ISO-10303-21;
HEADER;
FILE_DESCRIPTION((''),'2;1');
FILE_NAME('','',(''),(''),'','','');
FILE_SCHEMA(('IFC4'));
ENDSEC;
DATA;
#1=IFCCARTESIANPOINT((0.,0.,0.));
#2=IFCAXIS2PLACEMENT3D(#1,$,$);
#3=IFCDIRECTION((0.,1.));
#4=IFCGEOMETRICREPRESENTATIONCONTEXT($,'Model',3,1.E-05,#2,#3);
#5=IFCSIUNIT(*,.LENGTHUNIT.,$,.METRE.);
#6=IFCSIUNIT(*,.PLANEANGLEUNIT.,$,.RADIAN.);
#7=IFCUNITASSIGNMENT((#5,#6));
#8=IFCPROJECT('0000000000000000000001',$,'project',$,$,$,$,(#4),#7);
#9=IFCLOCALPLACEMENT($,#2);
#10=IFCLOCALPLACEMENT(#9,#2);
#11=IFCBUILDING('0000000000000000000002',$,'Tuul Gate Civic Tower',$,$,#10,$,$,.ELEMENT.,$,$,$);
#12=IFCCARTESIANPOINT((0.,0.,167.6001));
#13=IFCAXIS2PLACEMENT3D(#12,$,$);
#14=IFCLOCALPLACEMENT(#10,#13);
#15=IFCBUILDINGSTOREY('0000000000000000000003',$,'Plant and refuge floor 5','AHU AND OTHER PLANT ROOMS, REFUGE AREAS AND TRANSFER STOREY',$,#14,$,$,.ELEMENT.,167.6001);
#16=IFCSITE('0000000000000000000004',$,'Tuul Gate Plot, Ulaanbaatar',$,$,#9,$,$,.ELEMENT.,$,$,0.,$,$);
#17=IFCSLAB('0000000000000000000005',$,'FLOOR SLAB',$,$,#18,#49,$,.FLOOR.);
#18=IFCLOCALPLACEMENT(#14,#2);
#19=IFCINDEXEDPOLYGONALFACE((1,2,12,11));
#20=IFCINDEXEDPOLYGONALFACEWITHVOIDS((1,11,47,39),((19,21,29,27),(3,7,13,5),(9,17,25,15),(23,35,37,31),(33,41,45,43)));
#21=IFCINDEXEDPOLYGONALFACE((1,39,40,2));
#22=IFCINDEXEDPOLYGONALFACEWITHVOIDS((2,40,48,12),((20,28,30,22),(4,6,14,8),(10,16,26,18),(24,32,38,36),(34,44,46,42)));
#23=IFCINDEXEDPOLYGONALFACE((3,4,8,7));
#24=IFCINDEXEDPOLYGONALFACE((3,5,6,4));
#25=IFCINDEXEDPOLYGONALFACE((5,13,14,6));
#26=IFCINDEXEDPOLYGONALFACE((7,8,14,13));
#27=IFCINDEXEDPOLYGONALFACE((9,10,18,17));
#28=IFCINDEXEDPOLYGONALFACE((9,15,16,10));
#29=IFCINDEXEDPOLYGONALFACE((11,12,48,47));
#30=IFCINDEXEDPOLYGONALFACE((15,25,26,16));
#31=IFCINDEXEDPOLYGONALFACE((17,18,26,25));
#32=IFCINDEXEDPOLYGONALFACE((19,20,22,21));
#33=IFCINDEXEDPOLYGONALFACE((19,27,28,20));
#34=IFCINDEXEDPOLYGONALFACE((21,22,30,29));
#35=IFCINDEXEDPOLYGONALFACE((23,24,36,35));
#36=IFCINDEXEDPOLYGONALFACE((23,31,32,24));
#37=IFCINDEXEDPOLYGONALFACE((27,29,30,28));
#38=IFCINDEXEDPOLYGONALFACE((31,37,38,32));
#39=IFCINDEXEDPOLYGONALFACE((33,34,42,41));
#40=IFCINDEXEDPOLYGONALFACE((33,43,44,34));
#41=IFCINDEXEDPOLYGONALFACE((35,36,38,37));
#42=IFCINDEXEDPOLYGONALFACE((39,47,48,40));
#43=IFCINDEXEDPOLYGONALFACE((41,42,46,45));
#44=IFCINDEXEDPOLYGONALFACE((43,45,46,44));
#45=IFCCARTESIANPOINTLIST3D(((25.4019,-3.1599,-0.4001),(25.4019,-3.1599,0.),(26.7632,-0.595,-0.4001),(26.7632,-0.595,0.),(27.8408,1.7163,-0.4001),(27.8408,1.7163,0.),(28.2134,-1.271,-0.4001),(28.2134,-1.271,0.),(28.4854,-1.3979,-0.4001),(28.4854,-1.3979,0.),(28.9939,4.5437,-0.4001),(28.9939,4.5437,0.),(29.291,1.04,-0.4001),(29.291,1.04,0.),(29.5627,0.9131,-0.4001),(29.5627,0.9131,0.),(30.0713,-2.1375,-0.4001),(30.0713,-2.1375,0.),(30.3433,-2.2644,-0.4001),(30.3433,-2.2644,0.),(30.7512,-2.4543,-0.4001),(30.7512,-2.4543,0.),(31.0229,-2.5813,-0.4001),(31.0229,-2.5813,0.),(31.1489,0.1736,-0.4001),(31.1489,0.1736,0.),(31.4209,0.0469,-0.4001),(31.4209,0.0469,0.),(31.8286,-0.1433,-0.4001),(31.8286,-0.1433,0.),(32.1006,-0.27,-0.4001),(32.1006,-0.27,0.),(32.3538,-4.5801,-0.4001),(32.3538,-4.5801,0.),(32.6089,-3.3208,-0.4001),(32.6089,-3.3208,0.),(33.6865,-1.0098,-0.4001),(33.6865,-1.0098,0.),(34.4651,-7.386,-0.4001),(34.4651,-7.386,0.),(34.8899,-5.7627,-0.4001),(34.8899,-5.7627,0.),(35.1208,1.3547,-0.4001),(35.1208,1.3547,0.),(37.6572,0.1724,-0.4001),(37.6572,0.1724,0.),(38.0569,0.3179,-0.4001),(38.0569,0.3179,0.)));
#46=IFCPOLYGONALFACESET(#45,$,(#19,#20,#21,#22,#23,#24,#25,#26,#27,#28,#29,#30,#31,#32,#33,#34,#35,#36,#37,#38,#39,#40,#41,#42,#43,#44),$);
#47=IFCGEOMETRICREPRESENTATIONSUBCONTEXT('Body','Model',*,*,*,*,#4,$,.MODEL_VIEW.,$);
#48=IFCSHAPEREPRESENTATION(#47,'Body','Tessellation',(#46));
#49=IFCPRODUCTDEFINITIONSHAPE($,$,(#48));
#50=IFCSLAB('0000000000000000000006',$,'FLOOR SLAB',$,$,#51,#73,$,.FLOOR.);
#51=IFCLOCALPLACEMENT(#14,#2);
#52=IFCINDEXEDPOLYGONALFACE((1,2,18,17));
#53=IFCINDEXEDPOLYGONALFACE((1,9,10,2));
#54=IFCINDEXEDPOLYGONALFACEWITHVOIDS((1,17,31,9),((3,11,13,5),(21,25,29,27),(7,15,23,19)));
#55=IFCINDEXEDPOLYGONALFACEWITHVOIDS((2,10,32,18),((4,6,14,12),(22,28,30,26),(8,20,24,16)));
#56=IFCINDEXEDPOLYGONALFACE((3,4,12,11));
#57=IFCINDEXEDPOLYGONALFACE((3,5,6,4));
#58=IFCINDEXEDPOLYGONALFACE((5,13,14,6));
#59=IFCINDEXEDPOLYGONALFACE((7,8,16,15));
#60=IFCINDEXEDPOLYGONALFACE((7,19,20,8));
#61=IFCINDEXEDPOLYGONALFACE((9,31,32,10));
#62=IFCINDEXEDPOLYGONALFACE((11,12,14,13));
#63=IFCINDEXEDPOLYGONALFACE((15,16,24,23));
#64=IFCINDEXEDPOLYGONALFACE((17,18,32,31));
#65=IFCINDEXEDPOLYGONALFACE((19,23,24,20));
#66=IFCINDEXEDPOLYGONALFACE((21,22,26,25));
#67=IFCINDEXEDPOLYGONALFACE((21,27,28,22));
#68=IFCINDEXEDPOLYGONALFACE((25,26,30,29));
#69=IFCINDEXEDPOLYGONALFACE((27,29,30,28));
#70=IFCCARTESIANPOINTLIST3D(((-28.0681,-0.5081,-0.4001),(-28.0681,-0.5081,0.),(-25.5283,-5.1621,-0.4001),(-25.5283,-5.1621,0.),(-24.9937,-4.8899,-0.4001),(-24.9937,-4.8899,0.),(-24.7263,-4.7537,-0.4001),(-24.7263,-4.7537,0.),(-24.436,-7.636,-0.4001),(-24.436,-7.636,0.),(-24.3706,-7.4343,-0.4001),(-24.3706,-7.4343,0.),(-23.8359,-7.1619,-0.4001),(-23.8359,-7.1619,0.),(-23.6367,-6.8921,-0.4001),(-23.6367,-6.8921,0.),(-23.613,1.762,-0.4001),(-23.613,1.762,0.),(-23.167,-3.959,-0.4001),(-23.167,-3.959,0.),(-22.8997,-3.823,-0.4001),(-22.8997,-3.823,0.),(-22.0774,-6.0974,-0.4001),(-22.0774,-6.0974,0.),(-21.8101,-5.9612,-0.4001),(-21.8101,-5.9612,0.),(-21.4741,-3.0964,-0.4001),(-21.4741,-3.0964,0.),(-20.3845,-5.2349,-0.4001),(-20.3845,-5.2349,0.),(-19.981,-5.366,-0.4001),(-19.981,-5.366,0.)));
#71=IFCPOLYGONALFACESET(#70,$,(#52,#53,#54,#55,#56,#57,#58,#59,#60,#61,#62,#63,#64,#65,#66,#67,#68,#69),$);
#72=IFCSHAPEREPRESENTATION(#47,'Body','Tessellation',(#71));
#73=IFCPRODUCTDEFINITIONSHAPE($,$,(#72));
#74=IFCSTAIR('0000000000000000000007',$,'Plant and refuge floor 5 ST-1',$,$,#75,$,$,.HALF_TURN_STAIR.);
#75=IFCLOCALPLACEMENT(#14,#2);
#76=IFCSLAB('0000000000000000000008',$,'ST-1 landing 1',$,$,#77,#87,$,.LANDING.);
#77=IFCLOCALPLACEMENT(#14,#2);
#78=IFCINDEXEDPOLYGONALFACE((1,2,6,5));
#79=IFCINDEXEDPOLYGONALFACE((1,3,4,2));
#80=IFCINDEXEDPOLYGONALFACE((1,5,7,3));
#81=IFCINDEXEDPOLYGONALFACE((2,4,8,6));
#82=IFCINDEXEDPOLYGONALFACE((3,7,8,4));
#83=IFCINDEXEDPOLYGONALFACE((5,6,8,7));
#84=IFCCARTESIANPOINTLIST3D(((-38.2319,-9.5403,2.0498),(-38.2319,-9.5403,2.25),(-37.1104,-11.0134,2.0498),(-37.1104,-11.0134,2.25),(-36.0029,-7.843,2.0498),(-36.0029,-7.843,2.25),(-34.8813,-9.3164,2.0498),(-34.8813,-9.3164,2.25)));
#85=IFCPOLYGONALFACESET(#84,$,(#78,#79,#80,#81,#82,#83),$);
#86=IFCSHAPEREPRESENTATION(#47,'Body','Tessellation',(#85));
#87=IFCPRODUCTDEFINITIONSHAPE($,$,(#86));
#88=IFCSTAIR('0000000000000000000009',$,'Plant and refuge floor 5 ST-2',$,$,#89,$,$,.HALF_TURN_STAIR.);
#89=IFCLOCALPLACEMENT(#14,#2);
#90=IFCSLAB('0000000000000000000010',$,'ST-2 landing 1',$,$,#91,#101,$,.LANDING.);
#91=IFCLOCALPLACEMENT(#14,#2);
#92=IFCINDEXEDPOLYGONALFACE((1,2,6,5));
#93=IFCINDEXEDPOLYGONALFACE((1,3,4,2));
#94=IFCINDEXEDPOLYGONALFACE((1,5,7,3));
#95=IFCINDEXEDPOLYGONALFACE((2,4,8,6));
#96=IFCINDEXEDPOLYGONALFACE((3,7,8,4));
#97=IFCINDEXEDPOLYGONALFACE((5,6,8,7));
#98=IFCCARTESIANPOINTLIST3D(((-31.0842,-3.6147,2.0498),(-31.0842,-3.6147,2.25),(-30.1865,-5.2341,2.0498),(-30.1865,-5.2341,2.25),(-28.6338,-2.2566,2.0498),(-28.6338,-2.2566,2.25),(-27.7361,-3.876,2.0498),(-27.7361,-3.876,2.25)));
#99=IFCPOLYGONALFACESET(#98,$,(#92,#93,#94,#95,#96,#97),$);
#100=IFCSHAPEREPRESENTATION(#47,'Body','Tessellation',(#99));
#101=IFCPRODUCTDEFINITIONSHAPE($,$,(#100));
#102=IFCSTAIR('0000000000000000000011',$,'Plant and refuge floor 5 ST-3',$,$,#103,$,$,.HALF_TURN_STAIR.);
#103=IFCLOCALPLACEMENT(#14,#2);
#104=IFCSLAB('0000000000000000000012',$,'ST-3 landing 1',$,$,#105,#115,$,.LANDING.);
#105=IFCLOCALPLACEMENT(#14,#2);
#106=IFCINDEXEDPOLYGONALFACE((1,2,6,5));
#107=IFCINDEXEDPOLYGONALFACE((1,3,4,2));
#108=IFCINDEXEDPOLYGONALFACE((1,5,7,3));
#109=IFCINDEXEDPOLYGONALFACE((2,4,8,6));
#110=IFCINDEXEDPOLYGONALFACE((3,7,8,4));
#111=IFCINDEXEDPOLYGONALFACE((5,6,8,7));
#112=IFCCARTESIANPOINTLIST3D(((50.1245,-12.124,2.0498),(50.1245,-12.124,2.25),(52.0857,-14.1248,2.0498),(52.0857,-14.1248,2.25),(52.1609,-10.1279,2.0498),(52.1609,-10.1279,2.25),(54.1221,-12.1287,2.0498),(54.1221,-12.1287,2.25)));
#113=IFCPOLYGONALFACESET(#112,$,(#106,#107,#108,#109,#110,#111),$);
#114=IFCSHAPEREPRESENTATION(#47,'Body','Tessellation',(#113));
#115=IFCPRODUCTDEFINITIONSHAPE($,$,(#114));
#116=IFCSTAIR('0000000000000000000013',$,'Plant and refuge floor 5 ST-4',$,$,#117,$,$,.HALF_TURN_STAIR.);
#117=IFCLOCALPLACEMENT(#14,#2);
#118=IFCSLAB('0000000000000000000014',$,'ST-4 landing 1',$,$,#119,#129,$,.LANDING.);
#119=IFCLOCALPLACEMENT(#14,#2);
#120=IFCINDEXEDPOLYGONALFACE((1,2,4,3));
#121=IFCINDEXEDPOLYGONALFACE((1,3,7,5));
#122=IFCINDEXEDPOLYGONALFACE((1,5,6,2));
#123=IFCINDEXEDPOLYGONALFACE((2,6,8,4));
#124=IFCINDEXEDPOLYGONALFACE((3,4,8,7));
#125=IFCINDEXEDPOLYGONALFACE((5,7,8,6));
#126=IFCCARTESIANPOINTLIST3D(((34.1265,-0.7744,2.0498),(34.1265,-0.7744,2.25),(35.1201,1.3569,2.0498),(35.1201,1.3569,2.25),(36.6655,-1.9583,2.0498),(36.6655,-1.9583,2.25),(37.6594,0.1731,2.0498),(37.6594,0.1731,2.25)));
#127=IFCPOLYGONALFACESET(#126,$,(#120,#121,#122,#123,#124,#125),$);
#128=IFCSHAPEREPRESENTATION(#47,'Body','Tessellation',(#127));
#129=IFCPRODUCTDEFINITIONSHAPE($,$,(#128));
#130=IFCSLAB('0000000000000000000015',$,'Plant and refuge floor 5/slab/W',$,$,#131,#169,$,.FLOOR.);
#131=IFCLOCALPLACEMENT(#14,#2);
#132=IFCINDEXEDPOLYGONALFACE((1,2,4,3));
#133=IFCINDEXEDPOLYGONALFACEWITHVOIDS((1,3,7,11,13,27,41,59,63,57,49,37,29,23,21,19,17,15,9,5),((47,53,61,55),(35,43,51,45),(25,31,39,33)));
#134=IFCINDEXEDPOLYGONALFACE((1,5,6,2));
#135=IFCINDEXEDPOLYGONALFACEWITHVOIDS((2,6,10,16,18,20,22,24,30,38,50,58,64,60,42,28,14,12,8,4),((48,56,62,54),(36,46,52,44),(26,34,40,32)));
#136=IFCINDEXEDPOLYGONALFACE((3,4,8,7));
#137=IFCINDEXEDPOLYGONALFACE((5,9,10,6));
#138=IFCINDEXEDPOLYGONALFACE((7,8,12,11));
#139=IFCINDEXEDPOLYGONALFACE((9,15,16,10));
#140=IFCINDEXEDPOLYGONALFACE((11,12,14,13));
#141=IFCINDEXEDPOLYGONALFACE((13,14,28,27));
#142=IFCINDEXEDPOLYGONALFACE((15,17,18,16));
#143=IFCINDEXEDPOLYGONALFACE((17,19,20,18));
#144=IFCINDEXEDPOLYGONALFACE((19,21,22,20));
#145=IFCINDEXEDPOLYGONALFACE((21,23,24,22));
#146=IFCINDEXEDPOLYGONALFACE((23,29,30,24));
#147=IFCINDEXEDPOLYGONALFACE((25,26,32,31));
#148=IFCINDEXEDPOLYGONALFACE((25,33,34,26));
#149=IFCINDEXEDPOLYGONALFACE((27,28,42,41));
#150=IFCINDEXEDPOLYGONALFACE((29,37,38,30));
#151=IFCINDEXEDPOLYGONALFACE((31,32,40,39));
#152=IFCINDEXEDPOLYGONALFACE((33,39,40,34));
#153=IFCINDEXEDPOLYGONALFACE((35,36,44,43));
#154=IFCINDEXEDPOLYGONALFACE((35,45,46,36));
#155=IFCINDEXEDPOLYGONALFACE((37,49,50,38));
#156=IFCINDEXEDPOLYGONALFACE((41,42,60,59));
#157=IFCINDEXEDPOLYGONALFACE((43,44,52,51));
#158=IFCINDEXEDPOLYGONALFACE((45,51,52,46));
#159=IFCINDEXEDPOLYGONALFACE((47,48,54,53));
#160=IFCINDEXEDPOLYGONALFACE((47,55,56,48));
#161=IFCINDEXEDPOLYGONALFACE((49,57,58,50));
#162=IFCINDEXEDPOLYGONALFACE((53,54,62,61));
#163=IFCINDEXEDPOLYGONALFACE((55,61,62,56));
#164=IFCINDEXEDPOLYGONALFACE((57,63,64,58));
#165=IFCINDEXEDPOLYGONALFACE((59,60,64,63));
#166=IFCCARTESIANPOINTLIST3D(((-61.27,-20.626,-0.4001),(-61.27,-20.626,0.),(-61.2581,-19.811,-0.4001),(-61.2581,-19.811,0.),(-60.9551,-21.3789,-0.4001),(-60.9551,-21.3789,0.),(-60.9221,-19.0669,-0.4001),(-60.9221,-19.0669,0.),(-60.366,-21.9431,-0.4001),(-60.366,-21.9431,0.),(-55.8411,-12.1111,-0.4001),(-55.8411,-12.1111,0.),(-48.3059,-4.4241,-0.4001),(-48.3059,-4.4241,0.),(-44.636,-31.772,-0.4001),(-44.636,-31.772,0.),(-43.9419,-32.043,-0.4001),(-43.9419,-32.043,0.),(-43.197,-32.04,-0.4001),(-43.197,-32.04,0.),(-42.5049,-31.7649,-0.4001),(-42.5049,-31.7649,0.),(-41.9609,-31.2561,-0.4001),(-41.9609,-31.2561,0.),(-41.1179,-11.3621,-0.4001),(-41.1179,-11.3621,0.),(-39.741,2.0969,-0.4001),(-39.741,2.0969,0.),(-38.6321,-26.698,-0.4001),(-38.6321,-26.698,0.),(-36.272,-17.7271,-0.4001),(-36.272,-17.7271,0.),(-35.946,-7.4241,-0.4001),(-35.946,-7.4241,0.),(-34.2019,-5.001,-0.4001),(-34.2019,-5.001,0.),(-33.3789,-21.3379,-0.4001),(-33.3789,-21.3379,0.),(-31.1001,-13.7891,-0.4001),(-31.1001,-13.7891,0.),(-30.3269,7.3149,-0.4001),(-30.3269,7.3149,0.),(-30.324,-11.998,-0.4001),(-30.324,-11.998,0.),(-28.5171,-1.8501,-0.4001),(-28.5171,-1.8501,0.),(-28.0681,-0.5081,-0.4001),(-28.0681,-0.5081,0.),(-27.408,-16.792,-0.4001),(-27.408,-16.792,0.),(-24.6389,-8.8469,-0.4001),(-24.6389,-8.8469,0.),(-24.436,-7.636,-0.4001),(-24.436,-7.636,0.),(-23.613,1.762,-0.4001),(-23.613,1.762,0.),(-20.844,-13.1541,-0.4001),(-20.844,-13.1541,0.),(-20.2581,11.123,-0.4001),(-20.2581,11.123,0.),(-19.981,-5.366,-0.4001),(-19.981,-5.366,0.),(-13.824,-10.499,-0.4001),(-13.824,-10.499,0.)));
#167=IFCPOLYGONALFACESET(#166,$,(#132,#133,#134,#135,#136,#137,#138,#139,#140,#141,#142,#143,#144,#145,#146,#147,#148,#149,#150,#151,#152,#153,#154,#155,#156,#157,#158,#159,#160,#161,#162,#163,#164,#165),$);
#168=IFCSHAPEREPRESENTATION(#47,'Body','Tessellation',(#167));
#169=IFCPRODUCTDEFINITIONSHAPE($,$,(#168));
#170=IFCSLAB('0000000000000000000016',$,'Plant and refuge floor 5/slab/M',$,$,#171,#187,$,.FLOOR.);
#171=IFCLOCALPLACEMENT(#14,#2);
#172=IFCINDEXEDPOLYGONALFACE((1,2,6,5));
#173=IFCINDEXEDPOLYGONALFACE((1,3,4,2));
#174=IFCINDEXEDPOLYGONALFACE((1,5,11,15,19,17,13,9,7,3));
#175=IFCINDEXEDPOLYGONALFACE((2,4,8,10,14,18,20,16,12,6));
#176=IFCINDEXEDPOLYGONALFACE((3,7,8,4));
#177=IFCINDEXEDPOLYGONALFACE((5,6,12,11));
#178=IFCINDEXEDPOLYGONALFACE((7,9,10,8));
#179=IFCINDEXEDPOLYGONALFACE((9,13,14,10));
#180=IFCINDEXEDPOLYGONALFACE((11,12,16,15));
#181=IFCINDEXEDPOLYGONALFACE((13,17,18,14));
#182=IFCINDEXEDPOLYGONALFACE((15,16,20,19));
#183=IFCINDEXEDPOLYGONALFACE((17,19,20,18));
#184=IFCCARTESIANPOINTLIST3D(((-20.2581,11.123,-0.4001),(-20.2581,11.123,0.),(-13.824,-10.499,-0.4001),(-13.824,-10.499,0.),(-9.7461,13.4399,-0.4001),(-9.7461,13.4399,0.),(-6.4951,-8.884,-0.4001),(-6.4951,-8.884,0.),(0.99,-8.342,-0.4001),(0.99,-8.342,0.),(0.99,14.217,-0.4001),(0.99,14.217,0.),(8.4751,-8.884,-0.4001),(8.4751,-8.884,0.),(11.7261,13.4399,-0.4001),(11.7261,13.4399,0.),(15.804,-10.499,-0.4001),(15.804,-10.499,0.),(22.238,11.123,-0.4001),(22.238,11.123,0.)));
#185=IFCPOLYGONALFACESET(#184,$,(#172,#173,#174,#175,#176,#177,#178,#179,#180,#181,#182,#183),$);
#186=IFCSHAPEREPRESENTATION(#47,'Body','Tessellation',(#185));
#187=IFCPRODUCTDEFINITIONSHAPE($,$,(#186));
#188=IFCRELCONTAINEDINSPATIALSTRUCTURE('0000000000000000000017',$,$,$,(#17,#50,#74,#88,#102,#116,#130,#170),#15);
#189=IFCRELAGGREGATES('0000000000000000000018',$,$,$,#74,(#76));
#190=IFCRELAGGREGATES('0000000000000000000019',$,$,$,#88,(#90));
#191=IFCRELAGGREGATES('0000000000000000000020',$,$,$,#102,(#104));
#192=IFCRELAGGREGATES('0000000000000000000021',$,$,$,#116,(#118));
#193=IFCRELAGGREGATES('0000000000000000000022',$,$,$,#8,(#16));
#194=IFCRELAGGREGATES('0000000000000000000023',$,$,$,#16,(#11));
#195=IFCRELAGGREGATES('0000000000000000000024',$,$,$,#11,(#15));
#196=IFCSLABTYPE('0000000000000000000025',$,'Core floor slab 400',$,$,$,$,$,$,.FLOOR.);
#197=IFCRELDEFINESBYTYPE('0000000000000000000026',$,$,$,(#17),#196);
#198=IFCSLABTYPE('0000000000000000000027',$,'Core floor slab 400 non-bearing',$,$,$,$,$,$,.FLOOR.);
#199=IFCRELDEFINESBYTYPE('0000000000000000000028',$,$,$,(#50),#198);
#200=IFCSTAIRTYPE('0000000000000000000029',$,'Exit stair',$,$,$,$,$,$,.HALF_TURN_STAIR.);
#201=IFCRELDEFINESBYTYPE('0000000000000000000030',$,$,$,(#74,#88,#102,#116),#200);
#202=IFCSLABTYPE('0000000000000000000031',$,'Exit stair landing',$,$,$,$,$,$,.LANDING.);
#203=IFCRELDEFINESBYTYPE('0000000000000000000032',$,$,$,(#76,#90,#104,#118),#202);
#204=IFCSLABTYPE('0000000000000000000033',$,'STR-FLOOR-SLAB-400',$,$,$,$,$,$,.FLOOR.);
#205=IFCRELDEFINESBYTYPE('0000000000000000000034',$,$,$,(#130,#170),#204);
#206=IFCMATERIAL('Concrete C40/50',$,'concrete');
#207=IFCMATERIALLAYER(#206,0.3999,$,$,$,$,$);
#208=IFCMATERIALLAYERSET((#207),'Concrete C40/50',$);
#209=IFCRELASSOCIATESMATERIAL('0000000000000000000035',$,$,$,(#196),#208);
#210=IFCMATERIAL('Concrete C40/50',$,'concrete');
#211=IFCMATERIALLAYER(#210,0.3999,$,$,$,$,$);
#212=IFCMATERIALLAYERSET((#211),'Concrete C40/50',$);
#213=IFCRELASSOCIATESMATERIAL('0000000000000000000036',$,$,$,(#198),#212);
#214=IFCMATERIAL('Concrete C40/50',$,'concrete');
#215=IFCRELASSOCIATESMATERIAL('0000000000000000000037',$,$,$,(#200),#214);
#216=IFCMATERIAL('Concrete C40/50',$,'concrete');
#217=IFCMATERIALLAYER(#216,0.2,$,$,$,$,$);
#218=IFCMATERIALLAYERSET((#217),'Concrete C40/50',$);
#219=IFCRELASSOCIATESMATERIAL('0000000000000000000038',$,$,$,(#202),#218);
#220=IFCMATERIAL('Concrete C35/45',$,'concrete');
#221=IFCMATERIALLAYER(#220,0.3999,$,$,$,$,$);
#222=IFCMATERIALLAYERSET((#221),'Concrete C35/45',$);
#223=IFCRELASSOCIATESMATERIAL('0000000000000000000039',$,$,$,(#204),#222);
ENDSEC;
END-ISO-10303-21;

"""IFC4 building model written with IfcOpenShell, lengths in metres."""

from ifc_helpers import new_model, si_unit, direction, frame, origin, place, context, subcontext, project, spatial, polyline, outline, extrude, material, layer, layer_set, type_object, element, aggregate, save


model = new_model("IFC4")

# Units and contexts
model_context = context("Model", 3, precision=1e-05, world=origin(), true_north=direction((0.0, 1.0)))
body_context = subcontext(model_context, "Body", "Model", "MODEL_VIEW")
ifc_project = project(units=[si_unit("LENGTHUNIT", "METRE"), si_unit("PLANEANGLEUNIT", "RADIAN")], contexts=[model_context])

# Site, building, storey
site_placement = place(None, origin())
site = spatial("IfcSite", under=ifc_project, at=site_placement, Name="Tuul Gate Plot, Ulaanbaatar", CompositionType="ELEMENT", RefElevation=0.0)
building_placement = place(site_placement, origin())
building = spatial("IfcBuilding", under=site, at=building_placement, Name="Tuul Gate Civic Tower", CompositionType="ELEMENT")
storey_placement = place(building_placement, frame((0.0, 0.0, 167.6001)))
storey = spatial("IfcBuildingStorey", under=building, at=storey_placement, Name="Plant and refuge floor 5", Description="AHU AND OTHER PLANT ROOMS, REFUGE AREAS AND TRANSFER STOREY", CompositionType="ELEMENT", Elevation=167.6001)

# Slabs
ifc_material_1 = material(Name="Concrete C40/50", Category="concrete")
ifc_layer_1 = layer(ifc_material_1, 0.3999)
ifc_layer_set_1 = layer_set([ifc_layer_1], Name="Concrete C40/50")
slab_type_1 = type_object("IfcSlabType", Name="Core floor slab 400", PredefinedType="FLOOR", material=ifc_layer_set_1)
slab_1_placement = place(storey_placement, frame((0.0, 0.0, -0.4001)))
element("IfcSlab", 1, at=slab_1_placement, inside=storey, type_object=slab_type_1, Name="FLOOR SLAB", PredefinedType="FLOOR", context=body_context, shape_type="SweptSolid", body=[
    extrude(outline(polyline([(34.4651, -7.386), (38.0569, 0.3179), (28.9939, 4.5437), (25.4019, -3.1599), (34.4651, -7.386)]), holes=[polyline([(32.6089, -3.3208), (33.6865, -1.0098), (32.1006, -0.27), (31.0229, -2.5813), (32.6089, -3.3208)]), polyline([(30.0713, -2.1375), (31.1489, 0.1736), (29.5627, 0.9131), (28.4854, -1.3979), (30.0713, -2.1375)]), polyline([(30.7512, -2.4543), (31.8286, -0.1433), (31.4209, 0.0469), (30.3433, -2.2644), (30.7512, -2.4543)]), polyline([(28.2134, -1.271), (29.291, 1.04), (27.8408, 1.7163), (26.7632, -0.595), (28.2134, -1.271)]), polyline([(34.8899, -5.7627), (32.3538, -4.5801), (35.1208, 1.3547), (37.6572, 0.1724), (34.8899, -5.7627)])]), origin(), (0.0, 0.0, 1.0), 0.4001),
])
ifc_material_2 = material(Name="Concrete C40/50", Category="concrete")
ifc_layer_2 = layer(ifc_material_2, 0.3999)
ifc_layer_set_2 = layer_set([ifc_layer_2], Name="Concrete C40/50")
slab_type_2 = type_object("IfcSlabType", Name="Core floor slab 400 non-bearing", PredefinedType="FLOOR", material=ifc_layer_set_2)
slab_2_placement = place(storey_placement, frame((0.0, 0.0, -0.4001)))
element("IfcSlab", 2, at=slab_2_placement, inside=storey, type_object=slab_type_2, Name="FLOOR SLAB", PredefinedType="FLOOR", context=body_context, shape_type="SweptSolid", body=[
    extrude(outline(polyline([(-19.981, -5.366), (-23.613, 1.762), (-28.0681, -0.5081), (-24.436, -7.636), (-19.981, -5.366)]), holes=[polyline([(-20.3845, -5.2349), (-21.4741, -3.0964), (-22.8997, -3.823), (-21.8101, -5.9612), (-20.3845, -5.2349)]), polyline([(-22.0774, -6.0974), (-23.167, -3.959), (-24.7263, -4.7537), (-23.6367, -6.8921), (-22.0774, -6.0974)]), polyline([(-23.8359, -7.1619), (-24.9937, -4.8899), (-25.5283, -5.1621), (-24.3706, -7.4343), (-23.8359, -7.1619)])]), origin(), (0.0, 0.0, 1.0), 0.4001),
])

# Stairs, slabs
ifc_material_3 = material(Name="Concrete C40/50", Category="concrete")
stair_type = type_object("IfcStairType", Name="Exit stair", PredefinedType="HALF_TURN_STAIR", material=ifc_material_3)
stair_1_placement = place(storey_placement, origin())
stair_1 = element("IfcStair", 3, at=stair_1_placement, inside=storey, type_object=stair_type, Name="Plant and refuge floor 5 ST-1", PredefinedType="HALF_TURN_STAIR")
ifc_material_4 = material(Name="Concrete C40/50", Category="concrete")
ifc_layer_3 = layer(ifc_material_4, 0.2)
ifc_layer_set_3 = layer_set([ifc_layer_3], Name="Concrete C40/50")
slab_type_3 = type_object("IfcSlabType", Name="Exit stair landing", PredefinedType="LANDING", material=ifc_layer_set_3)
slab_3_placement = place(storey_placement, frame((0.0, 0.0, 2.0498)))
slab_3 = element("IfcSlab", 4, at=slab_3_placement, type_object=slab_type_3, Name="ST-1 landing 1", PredefinedType="LANDING", context=body_context, shape_type="SweptSolid", body=[
    extrude(outline(polyline([(-34.8813, -9.3164), (-37.1104, -11.0134), (-38.2319, -9.5403), (-36.0029, -7.843), (-34.8813, -9.3164)])), origin(), (0.0, 0.0, 1.0), 0.2002),
])
aggregate(stair_1, [slab_3])
stair_2_placement = place(storey_placement, origin())
stair_2 = element("IfcStair", 5, at=stair_2_placement, inside=storey, type_object=stair_type, Name="Plant and refuge floor 5 ST-2", PredefinedType="HALF_TURN_STAIR")
slab_4_placement = place(storey_placement, frame((0.0, 0.0, 2.0498)))
slab_4 = element("IfcSlab", 6, at=slab_4_placement, type_object=slab_type_3, Name="ST-2 landing 1", PredefinedType="LANDING", context=body_context, shape_type="SweptSolid", body=[
    extrude(outline(polyline([(-27.7361, -3.876), (-30.1865, -5.2341), (-31.0842, -3.6147), (-28.6338, -2.2566), (-27.7361, -3.876)])), origin(), (0.0, 0.0, 1.0), 0.2002),
])
aggregate(stair_2, [slab_4])
stair_3_placement = place(storey_placement, origin())
stair_3 = element("IfcStair", 7, at=stair_3_placement, inside=storey, type_object=stair_type, Name="Plant and refuge floor 5 ST-3", PredefinedType="HALF_TURN_STAIR")
slab_5_placement = place(storey_placement, frame((0.0, 0.0, 2.0498)))
slab_5 = element("IfcSlab", 8, at=slab_5_placement, type_object=slab_type_3, Name="ST-3 landing 1", PredefinedType="LANDING", context=body_context, shape_type="SweptSolid", body=[
    extrude(outline(polyline([(52.0857, -14.1248), (50.1245, -12.124), (52.1609, -10.1279), (54.1221, -12.1287), (52.0857, -14.1248)])), origin(), (0.0, 0.0, 1.0), 0.2002),
])
aggregate(stair_3, [slab_5])
stair_4_placement = place(storey_placement, origin())
stair_4 = element("IfcStair", 9, at=stair_4_placement, inside=storey, type_object=stair_type, Name="Plant and refuge floor 5 ST-4", PredefinedType="HALF_TURN_STAIR")
slab_6_placement = place(storey_placement, frame((0.0, 0.0, 2.0498)))
slab_6 = element("IfcSlab", 10, at=slab_6_placement, type_object=slab_type_3, Name="ST-4 landing 1", PredefinedType="LANDING", context=body_context, shape_type="SweptSolid", body=[
    extrude(outline(polyline([(36.6655, -1.9583), (34.1265, -0.7744), (35.1201, 1.3569), (37.6594, 0.1731), (36.6655, -1.9583)])), origin(), (0.0, 0.0, 1.0), 0.2002),
])
aggregate(stair_4, [slab_6])

# Slabs
ifc_material_5 = material(Name="Concrete C35/45", Category="concrete")
ifc_layer_4 = layer(ifc_material_5, 0.3999)
ifc_layer_set_4 = layer_set([ifc_layer_4], Name="Concrete C35/45")
slab_type_4 = type_object("IfcSlabType", Name="STR-FLOOR-SLAB-400", PredefinedType="FLOOR", material=ifc_layer_set_4)
slab_7_placement = place(storey_placement, frame((0.0, 0.0, -0.4001)))
element("IfcSlab", 11, at=slab_7_placement, inside=storey, type_object=slab_type_4, Name="Plant and refuge floor 5/slab/W", PredefinedType="FLOOR", context=body_context, shape_type="SweptSolid", body=[
    extrude(outline(polyline([(-20.844, -13.1541), (-13.824, -10.499), (-20.2581, 11.123), (-30.3269, 7.3149), (-39.741, 2.0969), (-48.3059, -4.4241), (-55.8411, -12.1111), (-60.9221, -19.0669), (-61.2581, -19.811), (-61.27, -20.626), (-60.9551, -21.3789), (-60.366, -21.9431), (-44.636, -31.772), (-43.9419, -32.043), (-43.197, -32.04), (-42.5049, -31.7649), (-41.9609, -31.2561), (-38.6321, -26.698), (-33.3789, -21.3379), (-27.408, -16.792), (-20.844, -13.1541)]), holes=[polyline([(-31.1001, -13.7891), (-36.272, -17.7271), (-41.1179, -11.3621), (-35.946, -7.4241), (-31.1001, -13.7891)]), polyline([(-24.6389, -8.8469), (-30.324, -11.998), (-34.2019, -5.001), (-28.5171, -1.8501), (-24.6389, -8.8469)]), polyline([(-24.436, -7.636), (-28.0681, -0.5081), (-23.613, 1.762), (-19.981, -5.366), (-24.436, -7.636)])]), origin(), (0.0, 0.0, 1.0), 0.4001),
])
slab_8_placement = place(storey_placement, frame((0.0, 0.0, -0.4001)))
element("IfcSlab", 12, at=slab_8_placement, inside=storey, type_object=slab_type_4, Name="Plant and refuge floor 5/slab/M", PredefinedType="FLOOR", context=body_context, shape_type="SweptSolid", body=[
    extrude(outline(polyline([(15.804, -10.499), (22.238, 11.123), (11.7261, 13.4399), (0.99, 14.217), (-9.7461, 13.4399), (-20.2581, 11.123), (-13.824, -10.499), (-6.4951, -8.884), (0.99, -8.342), (8.4751, -8.884), (15.804, -10.499)])), origin(), (0.0, 0.0, 1.0), 0.4001),
])

save(model, "model.ifc")
